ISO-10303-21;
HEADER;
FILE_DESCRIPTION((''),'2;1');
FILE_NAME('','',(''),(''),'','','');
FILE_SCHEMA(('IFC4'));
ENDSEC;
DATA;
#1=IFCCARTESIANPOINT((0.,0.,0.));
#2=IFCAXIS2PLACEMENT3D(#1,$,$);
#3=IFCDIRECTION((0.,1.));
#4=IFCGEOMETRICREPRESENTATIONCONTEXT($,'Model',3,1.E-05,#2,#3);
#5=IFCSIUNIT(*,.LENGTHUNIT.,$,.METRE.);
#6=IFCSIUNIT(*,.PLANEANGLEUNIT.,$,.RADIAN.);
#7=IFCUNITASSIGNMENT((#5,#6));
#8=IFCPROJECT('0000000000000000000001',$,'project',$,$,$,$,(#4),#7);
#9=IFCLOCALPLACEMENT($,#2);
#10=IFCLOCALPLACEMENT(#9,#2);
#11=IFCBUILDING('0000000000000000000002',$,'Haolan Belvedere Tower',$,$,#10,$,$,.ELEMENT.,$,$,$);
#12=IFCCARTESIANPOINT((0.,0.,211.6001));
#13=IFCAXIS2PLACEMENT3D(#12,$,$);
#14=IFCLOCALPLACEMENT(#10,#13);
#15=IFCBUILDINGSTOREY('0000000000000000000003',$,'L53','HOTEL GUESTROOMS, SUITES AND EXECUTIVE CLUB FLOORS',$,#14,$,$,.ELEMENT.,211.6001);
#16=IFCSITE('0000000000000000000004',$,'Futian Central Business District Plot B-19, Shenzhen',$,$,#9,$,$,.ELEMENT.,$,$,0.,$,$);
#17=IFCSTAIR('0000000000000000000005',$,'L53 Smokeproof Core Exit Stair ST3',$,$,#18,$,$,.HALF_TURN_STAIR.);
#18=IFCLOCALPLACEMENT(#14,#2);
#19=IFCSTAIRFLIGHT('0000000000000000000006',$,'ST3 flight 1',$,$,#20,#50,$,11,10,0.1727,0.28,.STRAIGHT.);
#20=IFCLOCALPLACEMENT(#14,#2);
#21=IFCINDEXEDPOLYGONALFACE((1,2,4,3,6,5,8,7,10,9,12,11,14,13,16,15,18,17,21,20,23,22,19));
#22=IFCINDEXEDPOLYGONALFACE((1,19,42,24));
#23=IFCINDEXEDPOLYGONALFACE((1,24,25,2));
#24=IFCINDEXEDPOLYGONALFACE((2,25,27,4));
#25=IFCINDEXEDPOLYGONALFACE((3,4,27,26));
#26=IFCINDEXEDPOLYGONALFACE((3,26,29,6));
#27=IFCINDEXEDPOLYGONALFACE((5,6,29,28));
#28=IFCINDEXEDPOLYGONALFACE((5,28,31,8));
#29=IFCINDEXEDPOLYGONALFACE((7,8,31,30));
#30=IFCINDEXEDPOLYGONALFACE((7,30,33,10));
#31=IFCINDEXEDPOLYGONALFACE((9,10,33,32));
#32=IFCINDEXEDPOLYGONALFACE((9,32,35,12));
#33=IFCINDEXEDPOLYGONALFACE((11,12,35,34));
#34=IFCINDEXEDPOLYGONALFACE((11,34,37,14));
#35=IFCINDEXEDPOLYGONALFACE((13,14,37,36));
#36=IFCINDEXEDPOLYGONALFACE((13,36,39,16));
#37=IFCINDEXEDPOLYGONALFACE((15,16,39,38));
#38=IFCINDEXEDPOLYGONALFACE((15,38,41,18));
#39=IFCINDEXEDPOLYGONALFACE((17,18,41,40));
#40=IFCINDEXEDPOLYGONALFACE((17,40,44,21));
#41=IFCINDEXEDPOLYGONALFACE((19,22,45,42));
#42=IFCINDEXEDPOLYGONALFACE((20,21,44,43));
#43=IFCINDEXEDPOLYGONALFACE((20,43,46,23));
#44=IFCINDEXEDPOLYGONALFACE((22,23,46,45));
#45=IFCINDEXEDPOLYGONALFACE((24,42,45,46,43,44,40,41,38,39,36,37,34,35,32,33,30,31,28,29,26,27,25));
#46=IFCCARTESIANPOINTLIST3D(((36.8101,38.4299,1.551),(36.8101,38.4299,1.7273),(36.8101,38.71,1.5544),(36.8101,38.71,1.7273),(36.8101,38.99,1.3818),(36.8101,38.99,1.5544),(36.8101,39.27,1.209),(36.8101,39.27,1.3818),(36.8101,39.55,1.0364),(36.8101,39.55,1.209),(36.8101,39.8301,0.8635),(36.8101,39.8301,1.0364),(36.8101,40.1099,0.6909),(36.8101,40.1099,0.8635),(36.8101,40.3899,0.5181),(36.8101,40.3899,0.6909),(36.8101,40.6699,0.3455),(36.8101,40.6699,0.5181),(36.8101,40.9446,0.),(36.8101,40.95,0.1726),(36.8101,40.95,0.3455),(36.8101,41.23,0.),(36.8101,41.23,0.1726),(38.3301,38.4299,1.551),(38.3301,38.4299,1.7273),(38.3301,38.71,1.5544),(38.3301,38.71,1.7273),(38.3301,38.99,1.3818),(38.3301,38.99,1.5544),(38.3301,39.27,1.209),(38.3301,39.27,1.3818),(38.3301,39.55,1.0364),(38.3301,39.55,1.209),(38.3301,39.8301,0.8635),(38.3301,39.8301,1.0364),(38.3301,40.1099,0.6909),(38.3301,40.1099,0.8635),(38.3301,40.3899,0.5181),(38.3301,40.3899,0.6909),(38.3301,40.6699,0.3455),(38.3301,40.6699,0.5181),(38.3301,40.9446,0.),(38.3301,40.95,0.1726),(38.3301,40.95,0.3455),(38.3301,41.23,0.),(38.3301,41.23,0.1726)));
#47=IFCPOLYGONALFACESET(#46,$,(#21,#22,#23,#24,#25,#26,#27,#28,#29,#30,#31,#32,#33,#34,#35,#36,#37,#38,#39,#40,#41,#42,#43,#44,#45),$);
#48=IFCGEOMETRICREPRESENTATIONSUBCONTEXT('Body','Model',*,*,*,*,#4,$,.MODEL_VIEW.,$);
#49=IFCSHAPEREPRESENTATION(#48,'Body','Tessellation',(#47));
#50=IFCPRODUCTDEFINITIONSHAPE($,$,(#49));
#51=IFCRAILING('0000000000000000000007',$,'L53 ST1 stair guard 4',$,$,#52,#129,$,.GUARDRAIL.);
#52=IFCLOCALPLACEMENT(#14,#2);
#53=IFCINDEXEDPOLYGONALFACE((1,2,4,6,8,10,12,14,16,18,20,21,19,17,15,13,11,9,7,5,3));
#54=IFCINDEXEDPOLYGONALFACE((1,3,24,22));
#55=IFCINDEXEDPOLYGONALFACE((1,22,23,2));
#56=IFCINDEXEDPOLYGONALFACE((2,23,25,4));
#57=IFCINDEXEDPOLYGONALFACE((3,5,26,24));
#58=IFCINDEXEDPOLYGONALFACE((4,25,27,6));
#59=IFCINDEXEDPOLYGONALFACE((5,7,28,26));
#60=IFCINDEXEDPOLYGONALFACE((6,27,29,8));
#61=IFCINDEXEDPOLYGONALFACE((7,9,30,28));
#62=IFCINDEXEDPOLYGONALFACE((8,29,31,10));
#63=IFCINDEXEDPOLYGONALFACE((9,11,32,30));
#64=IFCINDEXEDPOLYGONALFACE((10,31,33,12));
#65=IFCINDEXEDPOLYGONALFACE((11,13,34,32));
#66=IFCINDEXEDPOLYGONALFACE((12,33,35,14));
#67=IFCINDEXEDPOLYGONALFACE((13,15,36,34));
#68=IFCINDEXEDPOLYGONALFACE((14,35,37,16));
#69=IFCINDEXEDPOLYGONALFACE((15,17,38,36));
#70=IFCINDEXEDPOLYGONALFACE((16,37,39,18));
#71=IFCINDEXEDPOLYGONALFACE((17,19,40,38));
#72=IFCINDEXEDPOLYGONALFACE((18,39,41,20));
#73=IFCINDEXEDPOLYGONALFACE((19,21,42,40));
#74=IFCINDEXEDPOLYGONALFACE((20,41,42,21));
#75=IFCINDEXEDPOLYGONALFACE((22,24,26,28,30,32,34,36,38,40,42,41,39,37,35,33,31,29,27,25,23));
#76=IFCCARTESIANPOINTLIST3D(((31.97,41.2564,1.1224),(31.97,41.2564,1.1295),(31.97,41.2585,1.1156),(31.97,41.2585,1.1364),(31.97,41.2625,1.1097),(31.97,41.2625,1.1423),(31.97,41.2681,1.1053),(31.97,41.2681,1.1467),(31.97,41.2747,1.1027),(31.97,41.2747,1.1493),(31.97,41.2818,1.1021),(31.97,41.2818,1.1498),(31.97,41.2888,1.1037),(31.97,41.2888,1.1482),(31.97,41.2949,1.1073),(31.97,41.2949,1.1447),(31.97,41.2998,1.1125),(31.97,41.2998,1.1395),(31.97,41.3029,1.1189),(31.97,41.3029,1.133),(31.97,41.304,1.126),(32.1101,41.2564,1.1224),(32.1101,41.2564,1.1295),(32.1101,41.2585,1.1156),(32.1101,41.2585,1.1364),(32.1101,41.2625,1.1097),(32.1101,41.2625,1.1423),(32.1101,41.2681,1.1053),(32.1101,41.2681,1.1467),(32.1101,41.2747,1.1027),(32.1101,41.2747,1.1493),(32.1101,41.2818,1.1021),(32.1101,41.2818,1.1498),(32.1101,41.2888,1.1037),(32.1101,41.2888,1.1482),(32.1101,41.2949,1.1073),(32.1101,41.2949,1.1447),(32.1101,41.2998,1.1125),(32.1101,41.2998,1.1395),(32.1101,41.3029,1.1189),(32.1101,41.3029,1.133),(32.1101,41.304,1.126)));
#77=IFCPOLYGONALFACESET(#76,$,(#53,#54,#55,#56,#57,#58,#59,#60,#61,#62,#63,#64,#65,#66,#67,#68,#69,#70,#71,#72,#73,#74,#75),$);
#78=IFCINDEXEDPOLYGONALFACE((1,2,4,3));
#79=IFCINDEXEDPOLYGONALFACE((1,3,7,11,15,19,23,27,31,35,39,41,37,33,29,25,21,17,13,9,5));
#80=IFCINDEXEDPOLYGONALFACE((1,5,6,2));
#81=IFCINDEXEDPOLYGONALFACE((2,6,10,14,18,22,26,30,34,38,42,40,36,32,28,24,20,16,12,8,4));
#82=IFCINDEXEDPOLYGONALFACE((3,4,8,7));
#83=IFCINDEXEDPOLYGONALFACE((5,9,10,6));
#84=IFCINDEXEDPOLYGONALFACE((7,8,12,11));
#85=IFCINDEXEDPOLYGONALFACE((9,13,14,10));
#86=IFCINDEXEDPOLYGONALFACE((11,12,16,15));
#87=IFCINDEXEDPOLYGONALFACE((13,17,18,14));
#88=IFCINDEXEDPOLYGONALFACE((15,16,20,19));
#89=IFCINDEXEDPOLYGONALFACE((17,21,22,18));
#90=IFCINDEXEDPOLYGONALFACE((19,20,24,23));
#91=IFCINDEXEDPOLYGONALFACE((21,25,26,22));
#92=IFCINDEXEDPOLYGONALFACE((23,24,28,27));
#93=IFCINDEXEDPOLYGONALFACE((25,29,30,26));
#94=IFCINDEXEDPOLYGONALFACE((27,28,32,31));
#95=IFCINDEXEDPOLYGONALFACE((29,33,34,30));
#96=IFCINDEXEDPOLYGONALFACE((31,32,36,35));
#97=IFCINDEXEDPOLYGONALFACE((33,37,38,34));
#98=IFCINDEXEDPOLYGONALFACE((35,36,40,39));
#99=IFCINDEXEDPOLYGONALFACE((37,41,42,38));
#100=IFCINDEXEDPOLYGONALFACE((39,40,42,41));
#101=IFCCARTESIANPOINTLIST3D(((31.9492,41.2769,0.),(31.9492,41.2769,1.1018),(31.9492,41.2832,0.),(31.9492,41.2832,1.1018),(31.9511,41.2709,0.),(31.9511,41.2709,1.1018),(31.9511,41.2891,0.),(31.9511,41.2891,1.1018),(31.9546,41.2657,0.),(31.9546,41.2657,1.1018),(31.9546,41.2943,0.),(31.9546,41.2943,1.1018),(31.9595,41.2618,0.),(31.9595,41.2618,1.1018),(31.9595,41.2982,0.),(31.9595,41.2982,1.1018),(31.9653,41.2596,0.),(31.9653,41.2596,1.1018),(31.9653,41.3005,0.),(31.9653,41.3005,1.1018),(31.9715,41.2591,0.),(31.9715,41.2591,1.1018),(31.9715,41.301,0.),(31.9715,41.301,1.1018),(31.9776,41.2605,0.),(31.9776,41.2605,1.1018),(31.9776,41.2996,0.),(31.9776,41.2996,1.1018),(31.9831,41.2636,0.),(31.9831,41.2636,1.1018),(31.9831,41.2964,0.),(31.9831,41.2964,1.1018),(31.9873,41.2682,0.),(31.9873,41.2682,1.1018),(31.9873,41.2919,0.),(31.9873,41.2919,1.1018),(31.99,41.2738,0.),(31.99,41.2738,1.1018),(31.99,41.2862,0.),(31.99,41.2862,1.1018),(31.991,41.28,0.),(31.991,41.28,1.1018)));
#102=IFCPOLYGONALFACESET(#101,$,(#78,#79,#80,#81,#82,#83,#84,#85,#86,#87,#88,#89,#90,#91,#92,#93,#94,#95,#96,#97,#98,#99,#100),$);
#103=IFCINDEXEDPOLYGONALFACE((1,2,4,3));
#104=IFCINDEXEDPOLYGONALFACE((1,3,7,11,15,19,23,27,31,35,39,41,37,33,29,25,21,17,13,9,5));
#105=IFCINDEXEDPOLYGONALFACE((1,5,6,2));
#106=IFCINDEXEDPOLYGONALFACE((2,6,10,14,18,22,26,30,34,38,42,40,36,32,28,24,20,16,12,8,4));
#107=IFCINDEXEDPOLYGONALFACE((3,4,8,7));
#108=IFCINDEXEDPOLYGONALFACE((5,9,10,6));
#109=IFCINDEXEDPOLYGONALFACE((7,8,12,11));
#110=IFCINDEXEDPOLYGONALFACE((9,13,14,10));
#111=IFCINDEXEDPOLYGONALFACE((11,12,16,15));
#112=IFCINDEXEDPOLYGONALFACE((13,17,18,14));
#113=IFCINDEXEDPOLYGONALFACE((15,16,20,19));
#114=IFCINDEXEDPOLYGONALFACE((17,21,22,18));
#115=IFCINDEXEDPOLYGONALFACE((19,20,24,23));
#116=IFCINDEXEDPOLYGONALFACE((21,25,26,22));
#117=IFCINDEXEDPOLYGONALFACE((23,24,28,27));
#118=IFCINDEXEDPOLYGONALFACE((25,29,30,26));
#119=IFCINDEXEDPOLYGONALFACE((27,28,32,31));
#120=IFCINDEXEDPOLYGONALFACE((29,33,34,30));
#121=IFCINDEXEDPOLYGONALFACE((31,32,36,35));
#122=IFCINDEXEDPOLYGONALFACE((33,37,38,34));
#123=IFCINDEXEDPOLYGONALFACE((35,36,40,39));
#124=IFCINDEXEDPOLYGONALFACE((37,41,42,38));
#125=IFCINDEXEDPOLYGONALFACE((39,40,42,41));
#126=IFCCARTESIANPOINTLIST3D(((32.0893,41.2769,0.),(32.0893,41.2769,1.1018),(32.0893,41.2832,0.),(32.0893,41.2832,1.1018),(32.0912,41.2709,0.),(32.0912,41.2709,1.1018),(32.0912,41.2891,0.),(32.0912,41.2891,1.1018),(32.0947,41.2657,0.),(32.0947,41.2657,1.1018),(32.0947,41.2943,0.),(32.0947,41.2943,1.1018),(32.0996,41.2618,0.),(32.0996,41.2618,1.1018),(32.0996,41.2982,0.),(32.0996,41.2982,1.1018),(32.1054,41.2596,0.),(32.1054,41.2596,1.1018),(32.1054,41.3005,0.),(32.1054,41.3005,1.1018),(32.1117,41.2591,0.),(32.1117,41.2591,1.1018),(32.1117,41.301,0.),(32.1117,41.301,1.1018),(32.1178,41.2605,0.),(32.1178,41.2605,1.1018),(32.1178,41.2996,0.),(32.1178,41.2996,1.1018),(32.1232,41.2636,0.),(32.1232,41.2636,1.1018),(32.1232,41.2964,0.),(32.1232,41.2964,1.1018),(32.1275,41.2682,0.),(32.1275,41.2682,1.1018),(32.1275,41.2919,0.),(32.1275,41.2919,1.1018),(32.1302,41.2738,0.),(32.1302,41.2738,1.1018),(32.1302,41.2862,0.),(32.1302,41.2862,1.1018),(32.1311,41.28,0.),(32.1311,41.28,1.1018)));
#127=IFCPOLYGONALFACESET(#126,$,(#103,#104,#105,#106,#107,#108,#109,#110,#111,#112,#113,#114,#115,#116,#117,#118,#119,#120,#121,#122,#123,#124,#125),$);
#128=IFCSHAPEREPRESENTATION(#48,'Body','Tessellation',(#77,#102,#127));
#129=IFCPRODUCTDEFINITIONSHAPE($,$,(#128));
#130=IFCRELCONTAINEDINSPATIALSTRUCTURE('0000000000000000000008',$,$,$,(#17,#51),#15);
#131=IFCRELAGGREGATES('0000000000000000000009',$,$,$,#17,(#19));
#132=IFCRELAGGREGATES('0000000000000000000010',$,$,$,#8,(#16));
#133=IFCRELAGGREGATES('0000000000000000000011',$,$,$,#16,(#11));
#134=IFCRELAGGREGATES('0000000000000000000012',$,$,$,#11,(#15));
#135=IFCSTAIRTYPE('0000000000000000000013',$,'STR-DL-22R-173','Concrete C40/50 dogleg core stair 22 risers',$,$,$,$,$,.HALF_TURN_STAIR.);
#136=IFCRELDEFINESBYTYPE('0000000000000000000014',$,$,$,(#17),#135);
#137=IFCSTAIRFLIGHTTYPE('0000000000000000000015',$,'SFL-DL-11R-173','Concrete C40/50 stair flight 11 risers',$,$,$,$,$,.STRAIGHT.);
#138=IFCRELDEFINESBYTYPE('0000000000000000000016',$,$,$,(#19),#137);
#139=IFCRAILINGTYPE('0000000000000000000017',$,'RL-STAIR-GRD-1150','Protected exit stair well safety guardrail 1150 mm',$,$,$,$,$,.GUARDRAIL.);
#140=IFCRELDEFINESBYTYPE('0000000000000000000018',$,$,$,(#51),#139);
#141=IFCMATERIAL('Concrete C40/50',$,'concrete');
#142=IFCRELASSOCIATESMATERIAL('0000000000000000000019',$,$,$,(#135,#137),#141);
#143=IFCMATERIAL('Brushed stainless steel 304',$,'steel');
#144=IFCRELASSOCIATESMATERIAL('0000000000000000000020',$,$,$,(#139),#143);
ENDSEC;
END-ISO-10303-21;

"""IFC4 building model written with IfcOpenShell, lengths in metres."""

from ifc_helpers import new_model, si_unit, direction, frame, origin, origin_2d, place, context, subcontext, project, spatial, polyline, circle, outline, extrude, material, type_object, element, aggregate, save


model = new_model("IFC4")

# Units and contexts
model_context = context("Model", 3, precision=1e-05, world=origin(), true_north=direction((0.0, 1.0)))
body_context = subcontext(model_context, "Body", "Model", "MODEL_VIEW")
ifc_project = project(units=[si_unit("LENGTHUNIT", "METRE"), si_unit("PLANEANGLEUNIT", "RADIAN")], contexts=[model_context])

# Site, building, storey
site_placement = place(None, origin())
site = spatial("IfcSite", under=ifc_project, at=site_placement, Name="Futian Central Business District Plot B-19, Shenzhen", CompositionType="ELEMENT", RefElevation=0.0)
building_placement = place(site_placement, origin())
building = spatial("IfcBuilding", under=site, at=building_placement, Name="Haolan Belvedere Tower", CompositionType="ELEMENT")
storey_placement = place(building_placement, frame((0.0, 0.0, 211.6001)))
storey = spatial("IfcBuildingStorey", under=building, at=storey_placement, Name="L53", Description="HOTEL GUESTROOMS, SUITES AND EXECUTIVE CLUB FLOORS", CompositionType="ELEMENT", Elevation=211.6001)

# Shared definitions
ifc_material_1 = material(Name="Concrete C40/50", Category="concrete")

# Stair, stair flight
stair_type = type_object("IfcStairType", Name="STR-DL-22R-173", Description="Concrete C40/50 dogleg core stair 22 risers", PredefinedType="HALF_TURN_STAIR", material=ifc_material_1)
stair_placement = place(storey_placement, origin())
stair = element("IfcStair", 1, at=stair_placement, inside=storey, type_object=stair_type, Name="L53 Smokeproof Core Exit Stair ST3", PredefinedType="HALF_TURN_STAIR")
stair_flight_type = type_object("IfcStairFlightType", Name="SFL-DL-11R-173", Description="Concrete C40/50 stair flight 11 risers", PredefinedType="STRAIGHT", material=ifc_material_1)
stair_flight_placement = place(storey_placement, frame((37.5701, 41.23, 0.0), z_axis=(0.0, 0.0, 1.0), x_axis=(0.0, -1.0, 0.0)))
stair_flight = element("IfcStairFlight", 2, at=stair_flight_placement, type_object=stair_flight_type, Name="ST3 flight 1", NumberOfRisers=11, NumberOfTreads=10, PredefinedType="STRAIGHT", RiserHeight=0.1727, TreadLength=0.28, context=body_context, shape_type="SweptSolid", body=[
    extrude(outline(polyline([(0.0, 0.0), (0.0, 0.1726), (0.28, 0.1726), (0.28, 0.3455), (0.5601, 0.3455), (0.5601, 0.5181), (0.8401, 0.5181), (0.8401, 0.6909), (1.1201, 0.6909), (1.1201, 0.8635), (1.3999, 0.8635), (1.3999, 1.0364), (1.6799, 1.0364), (1.6799, 1.209), (1.96, 1.209), (1.96, 1.3818), (2.24, 1.3818), (2.24, 1.5544), (2.52, 1.5544), (2.52, 1.7273), (2.8, 1.7273), (2.8, 1.8999), (2.8, 1.551), (0.2854, 0.0), (0.0, 0.0)])), frame((0.0, 0.76, 0.0), z_axis=(0.0, -1.0, 0.0), x_axis=(1.0, 0.0, 0.0)), (0.0, 0.0, 1.0), 1.52),
])
aggregate(stair, [stair_flight])

# Railing
ifc_material_2 = material(Name="Brushed stainless steel 304", Category="steel")
railing_type = type_object("IfcRailingType", Name="RL-STAIR-GRD-1150", Description="Protected exit stair well safety guardrail 1150 mm", PredefinedType="GUARDRAIL", material=ifc_material_2)
railing_1_placement = place(storey_placement, frame((31.97, 41.28, 0.0)))
element("IfcRailing", 3, at=railing_1_placement, inside=storey, type_object=railing_type, Name="L53 ST1 stair guard 4", PredefinedType="GUARDRAIL", context=body_context, shape_type="SweptSolid", body=[
    extrude(circle(Radius=0.0239, at=origin_2d()), frame((0.0, 0.0, 1.126), z_axis=(1.0, 0.0, 0.0), x_axis=(0.0, 1.0, 0.0)), (0.0, 0.0, 1.0), 0.1401),
    extrude(circle(Radius=0.021, at=origin_2d()), origin(), (0.0, 0.0, 1.0), 1.1018),
    extrude(circle(Radius=0.021, at=origin_2d()), frame((0.1401, 0.0, 0.0)), (0.0, 0.0, 1.0), 1.1018),
])

save(model, "model.ifc")
